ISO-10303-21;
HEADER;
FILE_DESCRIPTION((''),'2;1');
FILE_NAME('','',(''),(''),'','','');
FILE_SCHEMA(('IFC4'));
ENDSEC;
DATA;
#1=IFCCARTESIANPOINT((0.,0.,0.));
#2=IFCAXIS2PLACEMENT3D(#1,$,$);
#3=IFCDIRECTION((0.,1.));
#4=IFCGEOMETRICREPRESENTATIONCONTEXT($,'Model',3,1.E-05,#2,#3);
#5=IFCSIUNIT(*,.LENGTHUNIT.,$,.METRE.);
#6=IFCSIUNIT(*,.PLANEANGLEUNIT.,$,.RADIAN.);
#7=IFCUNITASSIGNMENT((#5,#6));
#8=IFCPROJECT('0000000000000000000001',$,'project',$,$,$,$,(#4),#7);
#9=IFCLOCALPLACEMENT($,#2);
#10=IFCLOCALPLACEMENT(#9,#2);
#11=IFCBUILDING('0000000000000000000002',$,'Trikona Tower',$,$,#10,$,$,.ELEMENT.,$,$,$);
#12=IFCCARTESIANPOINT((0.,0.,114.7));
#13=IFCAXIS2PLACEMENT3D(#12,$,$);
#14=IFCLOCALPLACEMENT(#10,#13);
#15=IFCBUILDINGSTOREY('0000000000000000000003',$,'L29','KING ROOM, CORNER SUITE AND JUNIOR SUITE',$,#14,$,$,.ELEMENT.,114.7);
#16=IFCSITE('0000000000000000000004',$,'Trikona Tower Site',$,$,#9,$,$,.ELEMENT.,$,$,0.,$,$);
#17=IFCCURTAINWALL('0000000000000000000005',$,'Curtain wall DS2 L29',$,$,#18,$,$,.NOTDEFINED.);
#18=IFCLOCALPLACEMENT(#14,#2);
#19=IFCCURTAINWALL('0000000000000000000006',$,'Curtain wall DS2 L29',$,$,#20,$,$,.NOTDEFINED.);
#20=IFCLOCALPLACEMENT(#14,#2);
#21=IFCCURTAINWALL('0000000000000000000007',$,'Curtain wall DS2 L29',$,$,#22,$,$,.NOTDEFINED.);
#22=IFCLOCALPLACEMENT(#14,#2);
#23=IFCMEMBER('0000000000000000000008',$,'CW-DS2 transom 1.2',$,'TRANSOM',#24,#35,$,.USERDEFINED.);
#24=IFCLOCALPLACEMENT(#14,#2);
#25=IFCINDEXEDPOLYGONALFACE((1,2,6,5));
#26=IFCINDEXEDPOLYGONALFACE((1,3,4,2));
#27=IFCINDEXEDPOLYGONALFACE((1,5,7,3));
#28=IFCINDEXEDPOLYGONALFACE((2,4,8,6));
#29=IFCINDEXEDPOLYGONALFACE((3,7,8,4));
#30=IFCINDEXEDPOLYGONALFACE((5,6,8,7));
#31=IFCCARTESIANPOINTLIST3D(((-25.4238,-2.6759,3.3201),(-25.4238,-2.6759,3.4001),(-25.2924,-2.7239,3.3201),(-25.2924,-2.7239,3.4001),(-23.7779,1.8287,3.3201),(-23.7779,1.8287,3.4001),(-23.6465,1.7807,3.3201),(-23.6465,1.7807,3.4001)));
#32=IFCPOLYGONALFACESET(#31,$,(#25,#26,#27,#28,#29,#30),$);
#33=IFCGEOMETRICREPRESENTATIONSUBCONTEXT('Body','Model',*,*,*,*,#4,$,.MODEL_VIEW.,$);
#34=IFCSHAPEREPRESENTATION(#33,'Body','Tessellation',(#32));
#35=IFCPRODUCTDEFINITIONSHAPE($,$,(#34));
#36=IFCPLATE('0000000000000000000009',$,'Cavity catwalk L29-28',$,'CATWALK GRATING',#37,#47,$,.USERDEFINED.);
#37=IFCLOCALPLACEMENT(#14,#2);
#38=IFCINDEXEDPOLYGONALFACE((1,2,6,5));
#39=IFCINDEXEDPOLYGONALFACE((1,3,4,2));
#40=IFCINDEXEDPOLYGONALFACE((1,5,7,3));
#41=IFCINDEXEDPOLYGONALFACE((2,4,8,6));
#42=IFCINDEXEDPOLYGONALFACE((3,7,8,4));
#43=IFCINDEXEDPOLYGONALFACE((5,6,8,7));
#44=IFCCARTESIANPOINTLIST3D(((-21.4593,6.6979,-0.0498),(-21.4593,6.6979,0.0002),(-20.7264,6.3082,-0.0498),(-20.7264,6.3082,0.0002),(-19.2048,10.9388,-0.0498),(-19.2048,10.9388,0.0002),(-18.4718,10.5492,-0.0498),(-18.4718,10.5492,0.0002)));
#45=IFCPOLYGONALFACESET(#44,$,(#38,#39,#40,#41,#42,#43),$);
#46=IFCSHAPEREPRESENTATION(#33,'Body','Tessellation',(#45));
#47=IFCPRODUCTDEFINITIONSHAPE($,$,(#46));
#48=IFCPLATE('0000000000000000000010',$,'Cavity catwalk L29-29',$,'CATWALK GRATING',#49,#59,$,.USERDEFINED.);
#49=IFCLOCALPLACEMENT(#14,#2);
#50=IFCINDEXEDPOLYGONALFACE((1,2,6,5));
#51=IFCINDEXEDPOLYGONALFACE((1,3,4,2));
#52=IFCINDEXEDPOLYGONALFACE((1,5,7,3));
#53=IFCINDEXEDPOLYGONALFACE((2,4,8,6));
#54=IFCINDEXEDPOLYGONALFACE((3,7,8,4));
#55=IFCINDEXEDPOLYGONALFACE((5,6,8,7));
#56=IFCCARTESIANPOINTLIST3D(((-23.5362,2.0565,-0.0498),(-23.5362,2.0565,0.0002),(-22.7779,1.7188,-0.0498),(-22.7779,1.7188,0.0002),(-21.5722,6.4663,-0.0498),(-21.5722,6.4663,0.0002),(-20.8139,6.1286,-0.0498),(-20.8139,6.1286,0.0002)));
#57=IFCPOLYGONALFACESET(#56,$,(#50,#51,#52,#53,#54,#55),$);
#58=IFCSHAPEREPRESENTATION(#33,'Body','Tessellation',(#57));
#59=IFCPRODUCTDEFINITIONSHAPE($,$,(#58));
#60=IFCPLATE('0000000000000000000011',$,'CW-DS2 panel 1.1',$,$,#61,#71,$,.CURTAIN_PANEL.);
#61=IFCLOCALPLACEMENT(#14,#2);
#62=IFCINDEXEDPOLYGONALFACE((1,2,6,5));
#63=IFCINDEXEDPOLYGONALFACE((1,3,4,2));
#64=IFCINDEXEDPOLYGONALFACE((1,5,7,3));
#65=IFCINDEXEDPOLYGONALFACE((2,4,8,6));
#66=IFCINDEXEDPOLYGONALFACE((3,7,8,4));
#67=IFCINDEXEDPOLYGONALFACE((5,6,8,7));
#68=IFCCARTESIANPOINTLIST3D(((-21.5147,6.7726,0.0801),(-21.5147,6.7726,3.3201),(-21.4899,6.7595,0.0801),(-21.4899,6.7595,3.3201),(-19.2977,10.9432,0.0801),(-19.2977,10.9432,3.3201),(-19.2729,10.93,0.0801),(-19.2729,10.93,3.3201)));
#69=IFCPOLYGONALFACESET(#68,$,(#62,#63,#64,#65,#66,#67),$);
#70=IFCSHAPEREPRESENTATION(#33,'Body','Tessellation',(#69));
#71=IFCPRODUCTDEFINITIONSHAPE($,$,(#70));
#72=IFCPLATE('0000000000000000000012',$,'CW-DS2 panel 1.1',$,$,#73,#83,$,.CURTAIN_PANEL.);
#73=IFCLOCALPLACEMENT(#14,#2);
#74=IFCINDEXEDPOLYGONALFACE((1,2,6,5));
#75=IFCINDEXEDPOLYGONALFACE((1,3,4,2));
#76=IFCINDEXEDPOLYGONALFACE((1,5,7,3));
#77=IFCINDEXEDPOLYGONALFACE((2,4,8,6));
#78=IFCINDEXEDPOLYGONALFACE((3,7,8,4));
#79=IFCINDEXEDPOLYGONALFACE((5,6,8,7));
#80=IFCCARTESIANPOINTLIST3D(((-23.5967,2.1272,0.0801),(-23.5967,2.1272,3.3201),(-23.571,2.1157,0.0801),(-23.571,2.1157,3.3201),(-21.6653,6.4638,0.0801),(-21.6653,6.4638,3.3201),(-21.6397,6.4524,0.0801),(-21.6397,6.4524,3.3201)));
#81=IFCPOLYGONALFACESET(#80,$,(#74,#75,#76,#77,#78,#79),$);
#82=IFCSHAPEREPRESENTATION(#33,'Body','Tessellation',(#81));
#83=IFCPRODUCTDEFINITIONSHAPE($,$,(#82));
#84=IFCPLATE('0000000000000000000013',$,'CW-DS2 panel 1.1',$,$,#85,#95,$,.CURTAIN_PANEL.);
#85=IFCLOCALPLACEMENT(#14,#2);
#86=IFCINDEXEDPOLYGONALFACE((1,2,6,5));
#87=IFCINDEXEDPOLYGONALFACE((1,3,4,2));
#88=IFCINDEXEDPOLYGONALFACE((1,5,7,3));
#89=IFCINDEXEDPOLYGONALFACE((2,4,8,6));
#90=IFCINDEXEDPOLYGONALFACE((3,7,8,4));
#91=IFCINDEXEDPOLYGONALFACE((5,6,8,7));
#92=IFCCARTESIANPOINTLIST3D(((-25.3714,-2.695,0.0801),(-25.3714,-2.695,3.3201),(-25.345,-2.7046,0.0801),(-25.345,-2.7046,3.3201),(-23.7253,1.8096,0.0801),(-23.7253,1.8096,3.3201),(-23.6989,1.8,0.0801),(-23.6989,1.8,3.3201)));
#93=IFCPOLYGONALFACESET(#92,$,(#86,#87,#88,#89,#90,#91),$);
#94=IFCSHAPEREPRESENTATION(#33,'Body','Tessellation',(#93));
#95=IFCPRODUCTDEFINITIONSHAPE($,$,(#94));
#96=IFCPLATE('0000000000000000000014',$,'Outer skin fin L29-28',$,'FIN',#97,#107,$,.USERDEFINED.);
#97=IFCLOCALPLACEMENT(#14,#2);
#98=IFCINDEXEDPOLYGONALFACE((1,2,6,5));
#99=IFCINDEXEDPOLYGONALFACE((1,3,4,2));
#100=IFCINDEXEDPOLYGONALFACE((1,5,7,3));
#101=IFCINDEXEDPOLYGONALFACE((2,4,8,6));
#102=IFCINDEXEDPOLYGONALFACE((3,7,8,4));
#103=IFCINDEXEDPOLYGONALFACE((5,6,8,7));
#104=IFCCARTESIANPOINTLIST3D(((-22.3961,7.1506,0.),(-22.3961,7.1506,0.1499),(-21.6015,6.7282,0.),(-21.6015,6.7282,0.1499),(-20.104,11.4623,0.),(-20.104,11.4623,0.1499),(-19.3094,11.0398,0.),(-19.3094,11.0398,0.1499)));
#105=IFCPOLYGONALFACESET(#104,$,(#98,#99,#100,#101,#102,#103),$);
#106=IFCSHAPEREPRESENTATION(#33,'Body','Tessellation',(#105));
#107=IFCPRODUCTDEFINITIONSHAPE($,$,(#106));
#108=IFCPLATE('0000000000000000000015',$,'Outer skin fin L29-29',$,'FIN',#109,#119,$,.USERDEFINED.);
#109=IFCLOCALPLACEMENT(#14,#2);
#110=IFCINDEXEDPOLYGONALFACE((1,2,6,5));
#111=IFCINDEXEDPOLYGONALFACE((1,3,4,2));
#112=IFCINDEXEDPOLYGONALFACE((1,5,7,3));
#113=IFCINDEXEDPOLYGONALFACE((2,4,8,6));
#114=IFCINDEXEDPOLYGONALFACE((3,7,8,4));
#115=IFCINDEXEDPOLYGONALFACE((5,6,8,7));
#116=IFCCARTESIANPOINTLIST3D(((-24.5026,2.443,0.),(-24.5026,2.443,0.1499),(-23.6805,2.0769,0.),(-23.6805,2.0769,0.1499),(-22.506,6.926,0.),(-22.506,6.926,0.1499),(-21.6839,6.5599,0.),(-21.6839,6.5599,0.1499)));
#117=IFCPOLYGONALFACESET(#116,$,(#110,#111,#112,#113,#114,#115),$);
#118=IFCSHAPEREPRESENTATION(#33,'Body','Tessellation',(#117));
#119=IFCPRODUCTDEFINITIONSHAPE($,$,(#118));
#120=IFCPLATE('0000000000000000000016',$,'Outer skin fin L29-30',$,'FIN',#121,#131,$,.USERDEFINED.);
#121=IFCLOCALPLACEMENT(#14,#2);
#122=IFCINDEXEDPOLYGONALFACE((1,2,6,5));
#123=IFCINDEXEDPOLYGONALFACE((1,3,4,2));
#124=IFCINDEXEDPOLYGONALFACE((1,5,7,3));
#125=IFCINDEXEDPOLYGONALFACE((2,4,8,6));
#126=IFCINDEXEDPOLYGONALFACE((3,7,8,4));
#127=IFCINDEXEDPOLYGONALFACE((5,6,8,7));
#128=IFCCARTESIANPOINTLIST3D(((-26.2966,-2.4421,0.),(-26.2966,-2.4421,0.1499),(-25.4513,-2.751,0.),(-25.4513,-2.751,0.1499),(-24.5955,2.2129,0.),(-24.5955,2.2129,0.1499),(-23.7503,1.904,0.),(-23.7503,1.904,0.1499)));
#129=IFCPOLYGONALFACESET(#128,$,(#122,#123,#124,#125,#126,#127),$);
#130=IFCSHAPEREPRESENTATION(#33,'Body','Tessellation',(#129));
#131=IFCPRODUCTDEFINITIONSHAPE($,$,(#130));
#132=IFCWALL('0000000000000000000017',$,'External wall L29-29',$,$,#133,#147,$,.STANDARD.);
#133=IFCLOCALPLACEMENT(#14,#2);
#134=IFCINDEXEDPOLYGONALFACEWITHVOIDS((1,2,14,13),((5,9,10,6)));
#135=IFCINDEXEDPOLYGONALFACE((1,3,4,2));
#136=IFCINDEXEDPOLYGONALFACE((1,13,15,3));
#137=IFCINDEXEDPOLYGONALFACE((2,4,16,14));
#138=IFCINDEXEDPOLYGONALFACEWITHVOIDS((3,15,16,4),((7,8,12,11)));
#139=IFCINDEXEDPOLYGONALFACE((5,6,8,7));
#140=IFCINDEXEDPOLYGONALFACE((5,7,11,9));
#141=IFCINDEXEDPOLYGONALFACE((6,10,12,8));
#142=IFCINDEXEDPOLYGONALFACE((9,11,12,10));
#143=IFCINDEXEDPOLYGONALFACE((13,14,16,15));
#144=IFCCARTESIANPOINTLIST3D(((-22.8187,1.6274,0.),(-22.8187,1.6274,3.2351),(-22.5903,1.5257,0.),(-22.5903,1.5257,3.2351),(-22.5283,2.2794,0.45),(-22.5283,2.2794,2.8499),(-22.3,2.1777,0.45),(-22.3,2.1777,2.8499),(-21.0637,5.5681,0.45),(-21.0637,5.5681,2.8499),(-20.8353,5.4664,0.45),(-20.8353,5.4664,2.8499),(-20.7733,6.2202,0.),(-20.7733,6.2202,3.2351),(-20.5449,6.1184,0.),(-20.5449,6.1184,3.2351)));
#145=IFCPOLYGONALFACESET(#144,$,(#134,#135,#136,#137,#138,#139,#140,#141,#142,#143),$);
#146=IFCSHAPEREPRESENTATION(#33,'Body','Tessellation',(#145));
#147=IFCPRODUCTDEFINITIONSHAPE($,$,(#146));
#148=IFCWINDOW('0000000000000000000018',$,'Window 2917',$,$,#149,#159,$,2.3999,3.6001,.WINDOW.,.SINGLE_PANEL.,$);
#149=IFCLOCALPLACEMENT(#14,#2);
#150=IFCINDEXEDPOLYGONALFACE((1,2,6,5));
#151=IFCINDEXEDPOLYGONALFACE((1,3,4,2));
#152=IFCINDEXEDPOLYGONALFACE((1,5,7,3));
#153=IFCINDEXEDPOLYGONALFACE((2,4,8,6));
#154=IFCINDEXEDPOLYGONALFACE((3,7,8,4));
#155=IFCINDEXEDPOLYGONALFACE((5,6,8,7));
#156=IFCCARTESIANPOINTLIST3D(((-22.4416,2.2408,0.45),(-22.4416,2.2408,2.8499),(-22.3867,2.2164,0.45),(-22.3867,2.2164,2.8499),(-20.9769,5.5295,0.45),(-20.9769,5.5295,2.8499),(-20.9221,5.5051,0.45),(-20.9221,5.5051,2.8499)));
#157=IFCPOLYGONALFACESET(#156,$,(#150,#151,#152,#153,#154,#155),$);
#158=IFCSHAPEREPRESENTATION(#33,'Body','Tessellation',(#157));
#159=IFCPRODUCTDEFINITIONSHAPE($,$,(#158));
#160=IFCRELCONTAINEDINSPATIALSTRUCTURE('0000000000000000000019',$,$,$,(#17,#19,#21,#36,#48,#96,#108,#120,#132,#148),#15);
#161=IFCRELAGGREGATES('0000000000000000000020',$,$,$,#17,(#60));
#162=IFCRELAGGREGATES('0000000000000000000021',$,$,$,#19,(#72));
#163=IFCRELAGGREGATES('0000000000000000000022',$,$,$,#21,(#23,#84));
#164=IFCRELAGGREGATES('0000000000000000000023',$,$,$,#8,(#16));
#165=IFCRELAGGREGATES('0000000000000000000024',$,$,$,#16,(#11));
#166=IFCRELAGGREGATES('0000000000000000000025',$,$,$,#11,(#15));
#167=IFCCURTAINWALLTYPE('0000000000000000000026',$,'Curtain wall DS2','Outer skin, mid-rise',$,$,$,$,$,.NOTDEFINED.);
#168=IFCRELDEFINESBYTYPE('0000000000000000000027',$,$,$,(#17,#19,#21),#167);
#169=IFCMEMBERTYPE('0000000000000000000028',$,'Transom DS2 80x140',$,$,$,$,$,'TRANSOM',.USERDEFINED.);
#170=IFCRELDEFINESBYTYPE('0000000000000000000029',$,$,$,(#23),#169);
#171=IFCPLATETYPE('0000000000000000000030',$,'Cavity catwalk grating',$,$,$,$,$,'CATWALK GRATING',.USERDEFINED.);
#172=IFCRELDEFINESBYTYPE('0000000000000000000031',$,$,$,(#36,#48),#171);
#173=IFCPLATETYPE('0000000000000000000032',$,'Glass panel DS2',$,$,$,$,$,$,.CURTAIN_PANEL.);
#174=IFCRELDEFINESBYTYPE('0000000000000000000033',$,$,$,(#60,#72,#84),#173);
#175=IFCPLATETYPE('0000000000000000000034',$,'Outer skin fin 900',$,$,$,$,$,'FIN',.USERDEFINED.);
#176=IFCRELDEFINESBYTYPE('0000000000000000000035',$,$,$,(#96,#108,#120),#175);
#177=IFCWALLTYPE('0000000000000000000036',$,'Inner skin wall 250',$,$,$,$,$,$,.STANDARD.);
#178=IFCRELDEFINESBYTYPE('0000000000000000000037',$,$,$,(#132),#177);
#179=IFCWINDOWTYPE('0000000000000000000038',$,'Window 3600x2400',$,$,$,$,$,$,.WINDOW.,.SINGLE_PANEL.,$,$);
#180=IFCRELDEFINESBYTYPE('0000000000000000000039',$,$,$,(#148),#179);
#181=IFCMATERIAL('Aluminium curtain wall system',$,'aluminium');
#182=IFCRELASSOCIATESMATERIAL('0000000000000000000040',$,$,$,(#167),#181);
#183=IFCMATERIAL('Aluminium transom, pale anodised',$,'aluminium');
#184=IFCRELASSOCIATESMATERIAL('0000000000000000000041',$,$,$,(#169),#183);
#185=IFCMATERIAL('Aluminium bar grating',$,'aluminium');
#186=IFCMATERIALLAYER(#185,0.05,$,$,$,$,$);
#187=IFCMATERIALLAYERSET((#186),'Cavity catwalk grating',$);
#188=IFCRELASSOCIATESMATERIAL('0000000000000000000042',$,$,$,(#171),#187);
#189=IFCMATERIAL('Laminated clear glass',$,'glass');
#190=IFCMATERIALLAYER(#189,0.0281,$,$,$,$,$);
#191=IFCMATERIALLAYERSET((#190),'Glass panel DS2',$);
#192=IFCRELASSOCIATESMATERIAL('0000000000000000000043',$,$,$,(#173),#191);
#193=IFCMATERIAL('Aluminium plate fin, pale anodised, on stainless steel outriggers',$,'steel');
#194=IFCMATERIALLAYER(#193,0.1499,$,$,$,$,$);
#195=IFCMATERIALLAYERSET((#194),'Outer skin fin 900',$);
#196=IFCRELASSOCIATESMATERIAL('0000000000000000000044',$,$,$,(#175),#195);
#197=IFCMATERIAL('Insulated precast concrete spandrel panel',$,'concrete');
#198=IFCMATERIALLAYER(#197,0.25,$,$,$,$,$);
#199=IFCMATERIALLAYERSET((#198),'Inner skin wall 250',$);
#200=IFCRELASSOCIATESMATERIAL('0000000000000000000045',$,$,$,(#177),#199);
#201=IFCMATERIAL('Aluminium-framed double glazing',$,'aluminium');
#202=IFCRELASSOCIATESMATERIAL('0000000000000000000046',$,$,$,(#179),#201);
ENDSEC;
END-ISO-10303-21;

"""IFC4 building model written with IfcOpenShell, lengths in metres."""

from ifc_helpers import new_model, si_unit, direction, frame, frame_2d, origin, origin_2d, place, context, subcontext, project, spatial, rectangle, extrude, material, layer, layer_set, material_profile, profile_set, type_object, element, fill, aggregate, save


model = new_model("IFC4")

# Units and contexts
model_context = context("Model", 3, precision=1e-05, world=origin(), true_north=direction((0.0, 1.0)))
body_context = subcontext(model_context, "Body", "Model", "MODEL_VIEW")
ifc_project = project(units=[si_unit("LENGTHUNIT", "METRE"), si_unit("PLANEANGLEUNIT", "RADIAN")], contexts=[model_context])

# Site, building, storey
site_placement = place(None, origin())
site = spatial("IfcSite", under=ifc_project, at=site_placement, Name="Trikona Tower Site", CompositionType="ELEMENT", RefElevation=0.0)
building_placement = place(site_placement, origin())
building = spatial("IfcBuilding", under=site, at=building_placement, Name="Trikona Tower", CompositionType="ELEMENT")
storey_placement = place(building_placement, frame((0.0, 0.0, 114.7)))
storey = spatial("IfcBuildingStorey", under=building, at=storey_placement, Name="L29", Description="KING ROOM, CORNER SUITE AND JUNIOR SUITE", CompositionType="ELEMENT", Elevation=114.7)

# Curtain walls
ifc_material_1 = material(Name="Aluminium curtain wall system", Category="aluminium")
curtain_wall_type = type_object("IfcCurtainWallType", Name="Curtain wall DS2", Description="Outer skin, mid-rise", PredefinedType="NOTDEFINED", material=ifc_material_1)
curtain_wall_1_placement = place(storey_placement, origin())
curtain_wall_1 = element("IfcCurtainWall", 1, at=curtain_wall_1_placement, inside=storey, type_object=curtain_wall_type, Name="Curtain wall DS2 L29", PredefinedType="NOTDEFINED")
curtain_wall_2_placement = place(storey_placement, origin())
curtain_wall_2 = element("IfcCurtainWall", 2, at=curtain_wall_2_placement, inside=storey, type_object=curtain_wall_type, Name="Curtain wall DS2 L29", PredefinedType="NOTDEFINED")

# Curtain wall
curtain_wall_3_placement = place(storey_placement, origin())
curtain_wall_3 = element("IfcCurtainWall", 3, at=curtain_wall_3_placement, inside=storey, type_object=curtain_wall_type, Name="Curtain wall DS2 L29", PredefinedType="NOTDEFINED")

# Member
ifc_material_2 = material(Name="Aluminium transom, pale anodised", Category="aluminium")
ifc_material_profile_1 = material_profile(ifc_material_2, rectangle(XDim=0.1399, YDim=0.0801, at=origin_2d()), Name="TRN-DS2")
ifc_profile_set_1 = profile_set([ifc_material_profile_1], Name="Aluminium transom, pale anodised")
member_type_1 = type_object("IfcMemberType", Name="Transom DS2 80x140", ElementType="TRANSOM", PredefinedType="USERDEFINED", material=ifc_profile_set_1)
member_1_placement = place(storey_placement, frame((-23.7122, 1.8047, 3.3601), z_axis=(-0.343206, -0.93926, 0.0), x_axis=(0.93926, -0.343206, 0.0)))
member_1 = element("IfcMember", 4, at=member_1_placement, type_object=member_type_1, Name="CW-DS2 transom 1.2", ObjectType="TRANSOM", PredefinedType="USERDEFINED", context=body_context, shape_type="SweptSolid", body=[
    extrude(rectangle(XDim=0.1399, YDim=0.0801, at=origin_2d()), origin(), (0.0, 0.0, 1.0), 4.7959),
])

# Plates
ifc_material_3 = material(Name="Aluminium bar grating", Category="aluminium")
ifc_layer_1 = layer(ifc_material_3, 0.05)
ifc_layer_set_1 = layer_set([ifc_layer_1], Name="Cavity catwalk grating")
plate_type_1 = type_object("IfcPlateType", Name="Cavity catwalk grating", ElementType="CATWALK GRATING", PredefinedType="USERDEFINED", material=ifc_layer_set_1)
plate_1_placement = place(storey_placement, frame((-19.9656, 8.6235, -0.0498), z_axis=(0.0, 0.0, 1.0), x_axis=(-0.469398, -0.882987, 0.0)))
element("IfcPlate", 5, at=plate_1_placement, inside=storey, type_object=plate_type_1, Name="Cavity catwalk L29-28", ObjectType="CATWALK GRATING", PredefinedType="USERDEFINED", context=body_context, shape_type="SweptSolid", body=[
    extrude(rectangle(XDim=4.803, YDim=0.8301, at=origin_2d()), origin(), (0.0, 0.0, 1.0), 0.05),
])
plate_2_placement = place(storey_placement, frame((-22.175, 4.0925, -0.0498), z_axis=(0.0, 0.0, 1.0), x_axis=(-0.406843, -0.913498, 0.0)))
element("IfcPlate", 6, at=plate_2_placement, inside=storey, type_object=plate_type_1, Name="Cavity catwalk L29-29", ObjectType="CATWALK GRATING", PredefinedType="USERDEFINED", context=body_context, shape_type="SweptSolid", body=[
    extrude(rectangle(XDim=4.8274, YDim=0.8301, at=origin_2d()), origin(), (0.0, 0.0, 1.0), 0.05),
])

# Plates
ifc_material_4 = material(Name="Laminated clear glass", Category="glass")
ifc_layer_2 = layer(ifc_material_4, 0.0281)
ifc_layer_set_2 = layer_set([ifc_layer_2], Name="Glass panel DS2")
plate_type_2 = type_object("IfcPlateType", Name="Glass panel DS2", PredefinedType="CURTAIN_PANEL", material=ifc_layer_set_2)
plate_3_placement = place(storey_placement, frame((-20.3938, 8.8513, 0.0801), z_axis=(0.0, 0.0, 1.0), x_axis=(-0.46938, -0.882996, 0.0)))
plate_3 = element("IfcPlate", 7, at=plate_3_placement, type_object=plate_type_2, Name="CW-DS2 panel 1.1", PredefinedType="CURTAIN_PANEL", context=body_context, shape_type="SweptSolid", body=[
    extrude(rectangle(XDim=4.7231, YDim=0.0281, at=origin_2d()), origin(), (0.0, 0.0, 1.0), 3.24),
])
aggregate(curtain_wall_1, [plate_3])
plate_4_placement = place(storey_placement, frame((-22.6182, 4.2898, 0.0801), z_axis=(0.0, 0.0, 1.0), x_axis=(-0.406836, -0.913501, 0.0)))
plate_4 = element("IfcPlate", 8, at=plate_4_placement, type_object=plate_type_2, Name="CW-DS2 panel 1.1", PredefinedType="CURTAIN_PANEL", context=body_context, shape_type="SweptSolid", body=[
    extrude(rectangle(XDim=4.7473, YDim=0.0281, at=origin_2d()), origin(), (0.0, 0.0, 1.0), 3.24),
])
aggregate(curtain_wall_2, [plate_4])
plate_5_placement = place(storey_placement, frame((-24.5352, -0.4475, 0.0801), z_axis=(0.0, 0.0, 1.0), x_axis=(-0.343223, -0.939254, 0.0)))
plate_5 = element("IfcPlate", 9, at=plate_5_placement, type_object=plate_type_2, Name="CW-DS2 panel 1.1", PredefinedType="CURTAIN_PANEL", context=body_context, shape_type="SweptSolid", body=[
    extrude(rectangle(XDim=4.7959, YDim=0.0281, at=origin_2d()), origin(), (0.0, 0.0, 1.0), 3.24),
])
aggregate(curtain_wall_3, [member_1, plate_5])

# Plates
ifc_material_5 = material(Name="Aluminium plate fin, pale anodised, on stainless steel outriggers", Category="steel")
ifc_layer_3 = layer(ifc_material_5, 0.1499)
ifc_layer_set_3 = layer_set([ifc_layer_3], Name="Outer skin fin 900")
plate_type_3 = type_object("IfcPlateType", Name="Outer skin fin 900", ElementType="FIN", PredefinedType="USERDEFINED", material=ifc_layer_set_3)
plate_6_placement = place(storey_placement, frame((-20.8528, 9.0952, 0.0), z_axis=(0.0, 0.0, 1.0), x_axis=(-0.469398, -0.882987, 0.0)))
element("IfcPlate", 10, at=plate_6_placement, inside=storey, type_object=plate_type_3, Name="Outer skin fin L29-28", ObjectType="FIN", PredefinedType="USERDEFINED", context=body_context, shape_type="SweptSolid", body=[
    extrude(rectangle(XDim=4.8831, YDim=0.8999, at=origin_2d()), origin(), (0.0, 0.0, 1.0), 0.1499),
])
plate_7_placement = place(storey_placement, frame((-23.0933, 4.5015, 0.0), z_axis=(0.0, 0.0, 1.0), x_axis=(-0.406843, -0.913498, 0.0)))
element("IfcPlate", 11, at=plate_7_placement, inside=storey, type_object=plate_type_3, Name="Outer skin fin L29-29", ObjectType="FIN", PredefinedType="USERDEFINED", context=body_context, shape_type="SweptSolid", body=[
    extrude(rectangle(XDim=4.9075, YDim=0.8999, at=origin_2d()), origin(), (0.0, 0.0, 1.0), 0.1499),
])
plate_8_placement = place(storey_placement, frame((-25.0234, -0.269, 0.0), z_axis=(0.0, 0.0, 1.0), x_axis=(-0.34322, -0.939255, 0.0)))
element("IfcPlate", 12, at=plate_8_placement, inside=storey, type_object=plate_type_3, Name="Outer skin fin L29-30", ObjectType="FIN", PredefinedType="USERDEFINED", context=body_context, shape_type="SweptSolid", body=[
    extrude(rectangle(XDim=4.9561, YDim=0.8999, at=origin_2d()), origin(), (0.0, 0.0, 1.0), 0.1499),
])

# Wall, opening, window
ifc_material_6 = material(Name="Insulated precast concrete spandrel panel", Category="concrete")
ifc_layer_4 = layer(ifc_material_6, 0.25)
ifc_layer_set_4 = layer_set([ifc_layer_4], Name="Inner skin wall 250")
wall_type = type_object("IfcWallType", Name="Inner skin wall 250", PredefinedType="STANDARD", material=ifc_layer_set_4)
wall_1_placement = place(storey_placement, frame((-20.6592, 6.1692, 0.0), z_axis=(0.0, 0.0, 1.0), x_axis=(-0.406832, -0.913503, 0.0)))
wall_1 = element("IfcWall", 13, at=wall_1_placement, inside=storey, type_object=wall_type, Name="External wall L29-29", PredefinedType="STANDARD", context=body_context, shape_type="SweptSolid", body=[
    extrude(rectangle(XDim=5.0276, YDim=0.25, at=frame_2d((2.5137, 0.0))), origin(), (0.0, 0.0, 1.0), 3.2351),
])
opening_1_placement = place(wall_1_placement, frame((0.7136, 0.0, 0.45)))
opening_1 = element("IfcOpeningElement", 14, at=opening_1_placement, cuts=wall_1, PredefinedType="OPENING", context=body_context, shape_type="SweptSolid", body=[
    extrude(rectangle(XDim=3.6001, YDim=2.3999, at=frame_2d((1.8, 1.2))), frame((0.0, 0.135, 0.0), z_axis=(0.0, -1.0, 0.0), x_axis=(1.0, 0.0, 0.0)), (0.0, 0.0, 1.0), 0.27),
])
ifc_material_7 = material(Name="Aluminium-framed double glazing", Category="aluminium")
window_type = type_object("IfcWindowType", Name="Window 3600x2400", PartitioningType="SINGLE_PANEL", PredefinedType="WINDOW", material=ifc_material_7)
window_1_placement = place(opening_1_placement, origin())
window_1 = element("IfcWindow", 15, at=window_1_placement, inside=storey, type_object=window_type, Name="Window 2917", OverallHeight=2.3999, OverallWidth=3.6001, PartitioningType="SINGLE_PANEL", PredefinedType="WINDOW", context=body_context, shape_type="SweptSolid", body=[
    extrude(rectangle(XDim=3.6001, YDim=2.3999, at=frame_2d((1.8, 1.2))), frame((0.0, 0.03, 0.0), z_axis=(0.0, -1.0, 0.0), x_axis=(1.0, 0.0, 0.0)), (0.0, 0.0, 1.0), 0.0601),
])
fill(opening_1, window_1)

save(model, "model.ifc")
